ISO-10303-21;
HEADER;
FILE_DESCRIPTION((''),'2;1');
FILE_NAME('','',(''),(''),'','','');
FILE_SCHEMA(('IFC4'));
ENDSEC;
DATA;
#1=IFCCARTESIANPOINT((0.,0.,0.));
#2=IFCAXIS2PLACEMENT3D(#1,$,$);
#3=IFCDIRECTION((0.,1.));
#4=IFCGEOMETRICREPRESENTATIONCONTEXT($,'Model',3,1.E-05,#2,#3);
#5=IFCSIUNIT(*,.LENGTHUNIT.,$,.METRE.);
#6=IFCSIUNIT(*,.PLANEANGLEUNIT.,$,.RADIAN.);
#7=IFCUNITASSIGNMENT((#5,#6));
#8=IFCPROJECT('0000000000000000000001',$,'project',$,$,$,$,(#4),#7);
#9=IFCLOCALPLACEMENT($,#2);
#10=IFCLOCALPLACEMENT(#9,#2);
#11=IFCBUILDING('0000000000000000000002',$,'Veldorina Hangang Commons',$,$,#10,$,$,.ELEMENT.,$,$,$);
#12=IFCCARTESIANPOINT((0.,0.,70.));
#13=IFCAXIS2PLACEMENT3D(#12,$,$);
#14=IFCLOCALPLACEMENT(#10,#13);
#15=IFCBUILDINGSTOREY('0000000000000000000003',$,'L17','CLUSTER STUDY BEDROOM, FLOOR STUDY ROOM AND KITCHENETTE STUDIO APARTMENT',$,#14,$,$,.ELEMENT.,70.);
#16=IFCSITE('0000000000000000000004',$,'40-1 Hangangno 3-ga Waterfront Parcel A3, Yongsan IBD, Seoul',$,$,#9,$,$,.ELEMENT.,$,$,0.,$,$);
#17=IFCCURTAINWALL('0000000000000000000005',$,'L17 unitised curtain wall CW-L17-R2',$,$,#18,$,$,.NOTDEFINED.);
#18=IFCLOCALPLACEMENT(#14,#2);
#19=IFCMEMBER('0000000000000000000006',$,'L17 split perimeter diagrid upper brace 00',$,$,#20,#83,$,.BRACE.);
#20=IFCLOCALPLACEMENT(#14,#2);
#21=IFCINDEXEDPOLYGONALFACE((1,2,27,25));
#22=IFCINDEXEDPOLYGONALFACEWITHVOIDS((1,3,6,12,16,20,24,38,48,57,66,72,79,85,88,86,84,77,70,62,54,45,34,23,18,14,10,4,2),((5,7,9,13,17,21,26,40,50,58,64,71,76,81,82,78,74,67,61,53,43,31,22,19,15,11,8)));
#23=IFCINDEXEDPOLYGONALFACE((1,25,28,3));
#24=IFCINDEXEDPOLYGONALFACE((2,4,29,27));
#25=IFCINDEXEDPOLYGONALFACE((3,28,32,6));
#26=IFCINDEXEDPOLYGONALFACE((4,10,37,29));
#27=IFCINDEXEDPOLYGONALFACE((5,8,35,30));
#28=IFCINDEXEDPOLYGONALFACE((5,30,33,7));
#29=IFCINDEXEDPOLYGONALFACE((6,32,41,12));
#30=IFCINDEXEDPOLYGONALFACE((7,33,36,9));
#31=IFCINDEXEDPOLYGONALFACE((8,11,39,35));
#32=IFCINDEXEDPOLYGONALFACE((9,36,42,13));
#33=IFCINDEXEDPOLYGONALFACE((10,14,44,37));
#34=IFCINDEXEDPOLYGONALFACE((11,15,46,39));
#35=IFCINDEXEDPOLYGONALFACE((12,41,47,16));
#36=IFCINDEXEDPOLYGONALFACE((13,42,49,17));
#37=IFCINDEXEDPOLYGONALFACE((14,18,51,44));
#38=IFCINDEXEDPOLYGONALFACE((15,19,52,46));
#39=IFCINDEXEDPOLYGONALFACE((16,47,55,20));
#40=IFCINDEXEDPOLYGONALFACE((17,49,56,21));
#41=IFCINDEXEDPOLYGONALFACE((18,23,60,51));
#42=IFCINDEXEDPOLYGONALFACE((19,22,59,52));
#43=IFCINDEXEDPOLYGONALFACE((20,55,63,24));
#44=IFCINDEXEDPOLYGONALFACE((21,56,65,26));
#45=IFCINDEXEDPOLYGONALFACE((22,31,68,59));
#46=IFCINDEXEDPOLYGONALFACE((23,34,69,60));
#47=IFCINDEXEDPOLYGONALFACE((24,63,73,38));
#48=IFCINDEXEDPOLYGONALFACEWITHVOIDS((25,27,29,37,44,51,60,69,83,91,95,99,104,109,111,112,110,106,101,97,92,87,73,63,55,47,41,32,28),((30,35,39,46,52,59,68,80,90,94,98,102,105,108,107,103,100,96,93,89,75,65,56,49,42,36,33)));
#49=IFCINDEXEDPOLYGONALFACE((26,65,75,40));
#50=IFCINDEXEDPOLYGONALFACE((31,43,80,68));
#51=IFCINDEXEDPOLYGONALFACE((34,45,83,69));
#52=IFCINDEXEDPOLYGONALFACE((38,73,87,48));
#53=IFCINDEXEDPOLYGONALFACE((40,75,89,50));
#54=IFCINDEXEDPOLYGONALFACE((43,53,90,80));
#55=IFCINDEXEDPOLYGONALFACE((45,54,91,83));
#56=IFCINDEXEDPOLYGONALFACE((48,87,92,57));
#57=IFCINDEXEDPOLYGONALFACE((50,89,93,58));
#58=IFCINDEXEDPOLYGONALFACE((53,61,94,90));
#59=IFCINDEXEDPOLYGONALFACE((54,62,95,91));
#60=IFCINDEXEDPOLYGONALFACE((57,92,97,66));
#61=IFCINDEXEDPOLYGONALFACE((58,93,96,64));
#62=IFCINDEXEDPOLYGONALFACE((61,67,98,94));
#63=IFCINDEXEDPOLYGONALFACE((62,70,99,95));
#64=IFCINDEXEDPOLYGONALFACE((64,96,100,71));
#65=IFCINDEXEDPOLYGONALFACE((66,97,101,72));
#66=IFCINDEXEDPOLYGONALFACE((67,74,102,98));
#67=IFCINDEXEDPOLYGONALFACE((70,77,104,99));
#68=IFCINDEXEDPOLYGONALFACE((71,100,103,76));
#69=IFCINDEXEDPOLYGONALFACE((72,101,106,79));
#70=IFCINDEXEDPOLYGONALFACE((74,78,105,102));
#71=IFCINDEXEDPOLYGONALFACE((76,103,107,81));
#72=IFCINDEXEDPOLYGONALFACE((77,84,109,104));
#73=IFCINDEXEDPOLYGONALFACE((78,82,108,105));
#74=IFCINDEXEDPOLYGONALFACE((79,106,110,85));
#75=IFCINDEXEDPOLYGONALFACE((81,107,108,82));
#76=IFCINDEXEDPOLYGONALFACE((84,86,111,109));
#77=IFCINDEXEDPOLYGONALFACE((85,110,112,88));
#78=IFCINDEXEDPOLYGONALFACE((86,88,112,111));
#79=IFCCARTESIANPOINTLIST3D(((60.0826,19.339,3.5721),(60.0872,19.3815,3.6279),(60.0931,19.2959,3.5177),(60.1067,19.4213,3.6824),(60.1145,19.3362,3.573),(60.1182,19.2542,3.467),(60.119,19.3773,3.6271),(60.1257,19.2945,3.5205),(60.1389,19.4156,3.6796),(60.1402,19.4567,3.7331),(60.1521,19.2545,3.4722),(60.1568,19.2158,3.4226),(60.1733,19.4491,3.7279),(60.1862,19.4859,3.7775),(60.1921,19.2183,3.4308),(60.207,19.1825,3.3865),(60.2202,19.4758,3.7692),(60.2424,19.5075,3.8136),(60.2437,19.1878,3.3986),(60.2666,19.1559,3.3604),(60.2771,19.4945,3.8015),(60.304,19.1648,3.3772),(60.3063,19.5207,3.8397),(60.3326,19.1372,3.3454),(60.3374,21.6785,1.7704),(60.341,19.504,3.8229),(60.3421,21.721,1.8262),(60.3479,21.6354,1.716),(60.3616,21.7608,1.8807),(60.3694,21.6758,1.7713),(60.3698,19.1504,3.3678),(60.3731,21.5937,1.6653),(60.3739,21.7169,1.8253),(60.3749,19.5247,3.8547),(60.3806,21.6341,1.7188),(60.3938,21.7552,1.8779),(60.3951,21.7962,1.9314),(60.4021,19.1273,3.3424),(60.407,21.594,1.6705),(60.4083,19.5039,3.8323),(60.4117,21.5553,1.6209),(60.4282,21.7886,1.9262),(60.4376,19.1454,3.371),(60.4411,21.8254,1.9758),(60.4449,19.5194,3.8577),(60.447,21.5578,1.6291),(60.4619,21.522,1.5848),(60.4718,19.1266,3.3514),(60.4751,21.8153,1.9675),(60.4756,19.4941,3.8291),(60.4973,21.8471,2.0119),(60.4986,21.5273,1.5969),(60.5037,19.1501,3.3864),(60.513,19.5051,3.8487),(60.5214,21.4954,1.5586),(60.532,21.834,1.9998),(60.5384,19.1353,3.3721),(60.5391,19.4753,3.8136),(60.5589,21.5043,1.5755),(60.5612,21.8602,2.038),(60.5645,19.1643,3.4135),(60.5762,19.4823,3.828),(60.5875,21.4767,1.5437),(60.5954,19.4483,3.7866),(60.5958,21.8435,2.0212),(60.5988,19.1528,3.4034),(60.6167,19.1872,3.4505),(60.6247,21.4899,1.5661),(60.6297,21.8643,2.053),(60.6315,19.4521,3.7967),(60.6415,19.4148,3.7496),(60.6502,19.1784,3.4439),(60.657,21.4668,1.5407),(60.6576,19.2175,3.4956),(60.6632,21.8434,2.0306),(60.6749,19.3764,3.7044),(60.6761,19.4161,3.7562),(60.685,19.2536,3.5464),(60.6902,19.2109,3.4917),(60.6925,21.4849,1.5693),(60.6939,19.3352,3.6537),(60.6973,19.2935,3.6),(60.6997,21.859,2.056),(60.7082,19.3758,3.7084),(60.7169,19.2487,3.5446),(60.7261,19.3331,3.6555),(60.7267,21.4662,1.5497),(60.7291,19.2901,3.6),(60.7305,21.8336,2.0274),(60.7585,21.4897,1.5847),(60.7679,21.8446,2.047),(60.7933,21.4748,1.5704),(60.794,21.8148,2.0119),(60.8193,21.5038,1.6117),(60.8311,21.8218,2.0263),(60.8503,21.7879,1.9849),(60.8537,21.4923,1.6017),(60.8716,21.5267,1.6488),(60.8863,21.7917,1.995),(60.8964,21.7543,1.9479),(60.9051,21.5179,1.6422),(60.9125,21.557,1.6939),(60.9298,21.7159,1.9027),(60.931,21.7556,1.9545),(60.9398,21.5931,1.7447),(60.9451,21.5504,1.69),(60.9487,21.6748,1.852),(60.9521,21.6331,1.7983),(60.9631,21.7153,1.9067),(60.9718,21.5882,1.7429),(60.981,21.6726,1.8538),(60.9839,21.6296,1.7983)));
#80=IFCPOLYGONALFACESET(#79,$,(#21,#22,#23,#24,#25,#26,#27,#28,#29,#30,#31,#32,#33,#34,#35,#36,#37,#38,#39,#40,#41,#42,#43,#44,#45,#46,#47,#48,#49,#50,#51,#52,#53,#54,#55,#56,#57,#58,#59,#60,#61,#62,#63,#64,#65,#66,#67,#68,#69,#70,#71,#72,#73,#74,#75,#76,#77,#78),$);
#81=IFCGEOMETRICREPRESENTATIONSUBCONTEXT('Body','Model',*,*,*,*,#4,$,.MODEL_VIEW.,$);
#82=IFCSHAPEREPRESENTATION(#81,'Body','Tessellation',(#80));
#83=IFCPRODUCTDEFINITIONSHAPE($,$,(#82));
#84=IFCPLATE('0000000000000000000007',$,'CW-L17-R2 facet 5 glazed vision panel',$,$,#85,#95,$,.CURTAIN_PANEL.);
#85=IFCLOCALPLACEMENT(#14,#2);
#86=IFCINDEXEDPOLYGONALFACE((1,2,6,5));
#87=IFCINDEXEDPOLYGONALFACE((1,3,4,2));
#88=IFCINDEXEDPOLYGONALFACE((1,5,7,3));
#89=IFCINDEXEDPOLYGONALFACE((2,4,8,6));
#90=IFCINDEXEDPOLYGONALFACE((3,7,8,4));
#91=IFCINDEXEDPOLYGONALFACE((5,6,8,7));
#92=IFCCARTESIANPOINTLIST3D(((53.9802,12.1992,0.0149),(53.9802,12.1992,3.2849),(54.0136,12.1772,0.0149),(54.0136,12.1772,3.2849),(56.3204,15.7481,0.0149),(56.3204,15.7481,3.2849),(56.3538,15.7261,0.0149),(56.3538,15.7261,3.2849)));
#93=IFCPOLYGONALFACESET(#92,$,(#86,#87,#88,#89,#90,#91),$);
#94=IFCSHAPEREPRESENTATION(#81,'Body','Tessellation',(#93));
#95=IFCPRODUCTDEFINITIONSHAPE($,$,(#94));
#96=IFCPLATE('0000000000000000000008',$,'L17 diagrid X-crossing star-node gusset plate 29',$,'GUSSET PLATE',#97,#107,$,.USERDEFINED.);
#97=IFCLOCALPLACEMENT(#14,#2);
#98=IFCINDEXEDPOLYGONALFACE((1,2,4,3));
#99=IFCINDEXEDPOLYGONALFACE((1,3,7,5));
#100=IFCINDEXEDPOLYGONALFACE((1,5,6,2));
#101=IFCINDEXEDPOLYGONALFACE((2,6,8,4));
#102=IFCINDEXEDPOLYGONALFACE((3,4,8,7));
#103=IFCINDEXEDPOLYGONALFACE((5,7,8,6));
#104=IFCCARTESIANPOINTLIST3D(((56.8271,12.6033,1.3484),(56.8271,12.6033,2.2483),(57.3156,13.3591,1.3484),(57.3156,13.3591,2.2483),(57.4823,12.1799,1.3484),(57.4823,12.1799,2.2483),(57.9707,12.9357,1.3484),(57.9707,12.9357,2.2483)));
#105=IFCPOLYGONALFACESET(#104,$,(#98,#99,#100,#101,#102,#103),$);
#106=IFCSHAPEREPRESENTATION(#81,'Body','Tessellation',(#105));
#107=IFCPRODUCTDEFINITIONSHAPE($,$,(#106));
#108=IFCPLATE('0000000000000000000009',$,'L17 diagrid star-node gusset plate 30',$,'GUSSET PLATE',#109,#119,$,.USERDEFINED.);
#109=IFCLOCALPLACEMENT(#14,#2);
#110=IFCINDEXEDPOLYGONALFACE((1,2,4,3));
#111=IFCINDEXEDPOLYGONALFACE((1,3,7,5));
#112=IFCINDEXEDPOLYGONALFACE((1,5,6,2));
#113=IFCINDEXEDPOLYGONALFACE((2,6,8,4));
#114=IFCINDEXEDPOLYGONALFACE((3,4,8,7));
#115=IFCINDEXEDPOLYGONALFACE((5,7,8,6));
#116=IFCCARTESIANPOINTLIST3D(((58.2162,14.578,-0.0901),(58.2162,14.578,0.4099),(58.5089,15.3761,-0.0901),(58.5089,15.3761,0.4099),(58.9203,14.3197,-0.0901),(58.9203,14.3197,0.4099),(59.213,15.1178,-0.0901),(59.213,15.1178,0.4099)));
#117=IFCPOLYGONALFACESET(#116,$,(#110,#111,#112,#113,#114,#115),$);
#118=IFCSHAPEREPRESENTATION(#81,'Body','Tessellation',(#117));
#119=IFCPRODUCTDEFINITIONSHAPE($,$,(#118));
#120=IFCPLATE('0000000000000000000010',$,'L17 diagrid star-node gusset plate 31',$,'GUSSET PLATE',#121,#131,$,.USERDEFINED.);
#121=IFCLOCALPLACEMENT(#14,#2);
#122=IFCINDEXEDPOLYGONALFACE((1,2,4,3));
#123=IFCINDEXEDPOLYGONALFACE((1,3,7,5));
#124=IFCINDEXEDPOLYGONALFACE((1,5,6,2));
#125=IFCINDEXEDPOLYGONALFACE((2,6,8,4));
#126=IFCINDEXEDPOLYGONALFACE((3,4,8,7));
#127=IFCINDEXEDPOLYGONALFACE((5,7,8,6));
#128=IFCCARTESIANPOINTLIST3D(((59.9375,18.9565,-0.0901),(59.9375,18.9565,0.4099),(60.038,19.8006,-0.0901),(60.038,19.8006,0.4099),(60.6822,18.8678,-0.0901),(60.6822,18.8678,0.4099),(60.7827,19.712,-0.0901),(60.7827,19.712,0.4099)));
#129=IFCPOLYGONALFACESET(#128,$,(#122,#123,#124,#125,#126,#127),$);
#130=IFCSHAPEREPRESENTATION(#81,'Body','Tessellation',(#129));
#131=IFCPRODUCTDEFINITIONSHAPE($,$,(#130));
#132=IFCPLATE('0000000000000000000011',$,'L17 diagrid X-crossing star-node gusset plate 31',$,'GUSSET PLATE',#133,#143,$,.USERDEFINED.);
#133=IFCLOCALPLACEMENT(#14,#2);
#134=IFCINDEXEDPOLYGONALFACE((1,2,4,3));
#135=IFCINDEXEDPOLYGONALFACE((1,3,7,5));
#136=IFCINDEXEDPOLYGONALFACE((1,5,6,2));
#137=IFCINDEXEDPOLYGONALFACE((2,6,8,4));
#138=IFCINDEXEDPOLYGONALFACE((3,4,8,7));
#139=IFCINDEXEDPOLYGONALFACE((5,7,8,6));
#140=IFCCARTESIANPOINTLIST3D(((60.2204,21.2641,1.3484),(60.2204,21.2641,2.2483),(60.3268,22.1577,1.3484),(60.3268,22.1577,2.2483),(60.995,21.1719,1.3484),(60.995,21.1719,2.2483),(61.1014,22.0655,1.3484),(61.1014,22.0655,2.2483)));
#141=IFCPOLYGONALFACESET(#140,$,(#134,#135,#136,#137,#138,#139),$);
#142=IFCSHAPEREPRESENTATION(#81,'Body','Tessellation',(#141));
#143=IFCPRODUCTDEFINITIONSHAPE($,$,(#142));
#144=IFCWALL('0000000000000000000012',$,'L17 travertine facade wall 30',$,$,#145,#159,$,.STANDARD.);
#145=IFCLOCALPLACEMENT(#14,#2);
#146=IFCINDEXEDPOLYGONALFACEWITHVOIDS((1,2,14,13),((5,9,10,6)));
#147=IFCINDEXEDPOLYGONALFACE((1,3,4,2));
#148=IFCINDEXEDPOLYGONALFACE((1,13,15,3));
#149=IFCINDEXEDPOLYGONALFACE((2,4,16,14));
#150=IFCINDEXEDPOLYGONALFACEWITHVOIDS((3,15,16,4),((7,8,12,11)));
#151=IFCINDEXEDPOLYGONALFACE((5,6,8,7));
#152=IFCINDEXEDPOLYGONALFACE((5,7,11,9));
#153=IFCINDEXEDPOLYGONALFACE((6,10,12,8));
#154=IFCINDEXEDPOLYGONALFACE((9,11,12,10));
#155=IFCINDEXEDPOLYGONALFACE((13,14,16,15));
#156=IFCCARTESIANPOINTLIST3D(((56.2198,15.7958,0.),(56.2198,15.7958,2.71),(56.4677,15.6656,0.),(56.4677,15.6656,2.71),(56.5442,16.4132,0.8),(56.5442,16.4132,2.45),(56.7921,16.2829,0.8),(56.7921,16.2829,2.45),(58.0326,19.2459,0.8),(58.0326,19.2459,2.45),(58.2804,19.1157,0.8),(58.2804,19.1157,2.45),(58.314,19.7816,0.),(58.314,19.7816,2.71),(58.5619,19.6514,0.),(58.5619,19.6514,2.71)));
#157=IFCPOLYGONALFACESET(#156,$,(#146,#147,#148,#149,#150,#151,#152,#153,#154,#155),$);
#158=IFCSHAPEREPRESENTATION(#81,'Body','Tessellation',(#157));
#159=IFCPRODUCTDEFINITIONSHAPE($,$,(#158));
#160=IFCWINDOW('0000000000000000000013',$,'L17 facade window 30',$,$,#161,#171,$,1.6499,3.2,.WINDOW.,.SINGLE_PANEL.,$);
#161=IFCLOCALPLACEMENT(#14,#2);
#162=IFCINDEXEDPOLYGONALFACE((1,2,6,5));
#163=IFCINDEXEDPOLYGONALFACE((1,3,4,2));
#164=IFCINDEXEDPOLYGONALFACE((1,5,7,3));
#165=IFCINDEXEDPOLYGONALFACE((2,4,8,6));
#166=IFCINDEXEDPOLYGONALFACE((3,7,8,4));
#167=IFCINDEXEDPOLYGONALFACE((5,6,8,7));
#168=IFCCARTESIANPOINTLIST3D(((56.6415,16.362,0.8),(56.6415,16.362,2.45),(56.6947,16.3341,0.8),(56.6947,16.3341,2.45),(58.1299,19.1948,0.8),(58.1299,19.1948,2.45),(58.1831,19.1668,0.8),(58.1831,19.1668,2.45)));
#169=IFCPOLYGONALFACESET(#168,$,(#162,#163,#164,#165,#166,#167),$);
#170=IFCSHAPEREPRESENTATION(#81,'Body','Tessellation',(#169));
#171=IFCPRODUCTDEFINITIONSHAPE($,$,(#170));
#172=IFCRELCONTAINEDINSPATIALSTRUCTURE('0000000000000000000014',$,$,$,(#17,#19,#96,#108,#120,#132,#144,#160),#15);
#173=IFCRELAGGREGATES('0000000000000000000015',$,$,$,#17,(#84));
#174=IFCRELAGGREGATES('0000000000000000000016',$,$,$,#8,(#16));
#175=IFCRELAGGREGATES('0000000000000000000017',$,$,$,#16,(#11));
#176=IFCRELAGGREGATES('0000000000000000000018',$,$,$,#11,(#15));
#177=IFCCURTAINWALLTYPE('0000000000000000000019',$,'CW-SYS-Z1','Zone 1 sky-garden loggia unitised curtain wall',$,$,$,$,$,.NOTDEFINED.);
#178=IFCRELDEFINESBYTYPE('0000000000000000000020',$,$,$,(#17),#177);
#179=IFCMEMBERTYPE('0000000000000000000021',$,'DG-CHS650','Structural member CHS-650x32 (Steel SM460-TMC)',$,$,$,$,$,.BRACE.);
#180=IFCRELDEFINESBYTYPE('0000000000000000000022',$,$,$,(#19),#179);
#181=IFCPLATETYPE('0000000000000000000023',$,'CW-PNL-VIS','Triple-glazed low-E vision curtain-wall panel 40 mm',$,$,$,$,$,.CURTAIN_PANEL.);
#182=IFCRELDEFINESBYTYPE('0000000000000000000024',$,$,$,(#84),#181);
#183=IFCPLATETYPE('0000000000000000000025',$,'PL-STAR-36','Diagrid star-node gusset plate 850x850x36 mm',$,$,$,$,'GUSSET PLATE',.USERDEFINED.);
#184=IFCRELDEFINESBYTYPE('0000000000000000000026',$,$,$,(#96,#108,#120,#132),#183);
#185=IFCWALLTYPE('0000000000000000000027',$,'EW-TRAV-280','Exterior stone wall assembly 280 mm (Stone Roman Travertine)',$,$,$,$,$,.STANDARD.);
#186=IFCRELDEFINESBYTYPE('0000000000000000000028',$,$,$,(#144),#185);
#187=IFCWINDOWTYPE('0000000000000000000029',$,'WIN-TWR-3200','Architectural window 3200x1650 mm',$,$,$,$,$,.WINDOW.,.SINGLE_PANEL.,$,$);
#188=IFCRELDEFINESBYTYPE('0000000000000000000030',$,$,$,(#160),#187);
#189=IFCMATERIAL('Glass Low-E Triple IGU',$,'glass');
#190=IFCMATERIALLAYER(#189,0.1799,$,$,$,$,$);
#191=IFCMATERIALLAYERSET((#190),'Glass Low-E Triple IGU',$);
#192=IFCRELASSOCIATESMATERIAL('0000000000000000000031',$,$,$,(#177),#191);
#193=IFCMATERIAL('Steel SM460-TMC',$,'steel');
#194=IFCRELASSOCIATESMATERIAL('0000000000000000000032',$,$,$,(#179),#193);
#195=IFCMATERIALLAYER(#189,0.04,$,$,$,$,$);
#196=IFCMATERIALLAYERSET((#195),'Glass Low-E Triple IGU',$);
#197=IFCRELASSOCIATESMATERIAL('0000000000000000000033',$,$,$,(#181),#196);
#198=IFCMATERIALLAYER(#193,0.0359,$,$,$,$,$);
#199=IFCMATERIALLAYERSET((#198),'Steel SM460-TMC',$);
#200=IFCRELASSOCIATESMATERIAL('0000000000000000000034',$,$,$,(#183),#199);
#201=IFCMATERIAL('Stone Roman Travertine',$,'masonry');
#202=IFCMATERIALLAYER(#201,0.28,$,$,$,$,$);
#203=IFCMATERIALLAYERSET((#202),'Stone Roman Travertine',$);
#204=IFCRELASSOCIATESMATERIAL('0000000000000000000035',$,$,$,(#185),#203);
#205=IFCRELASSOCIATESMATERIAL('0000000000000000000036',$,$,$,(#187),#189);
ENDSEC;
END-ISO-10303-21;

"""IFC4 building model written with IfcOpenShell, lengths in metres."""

from ifc_helpers import new_model, si_unit, direction, frame, frame_2d, origin, origin_2d, place, context, subcontext, project, spatial, rectangle, hollow_circle, extrude, material, layer, layer_set, material_profile, profile_set, type_object, element, fill, aggregate, save


model = new_model("IFC4")

# Units and contexts
model_context = context("Model", 3, precision=1e-05, world=origin(), true_north=direction((0.0, 1.0)))
body_context = subcontext(model_context, "Body", "Model", "MODEL_VIEW")
ifc_project = project(units=[si_unit("LENGTHUNIT", "METRE"), si_unit("PLANEANGLEUNIT", "RADIAN")], contexts=[model_context])

# Site, building, storey
site_placement = place(None, origin())
site = spatial("IfcSite", under=ifc_project, at=site_placement, Name="40-1 Hangangno 3-ga Waterfront Parcel A3, Yongsan IBD, Seoul", CompositionType="ELEMENT", RefElevation=0.0)
building_placement = place(site_placement, origin())
building = spatial("IfcBuilding", under=site, at=building_placement, Name="Veldorina Hangang Commons", CompositionType="ELEMENT")
storey_placement = place(building_placement, frame((0.0, 0.0, 70.0)))
storey = spatial("IfcBuildingStorey", under=building, at=storey_placement, Name="L17", Description="CLUSTER STUDY BEDROOM, FLOOR STUDY ROOM AND KITCHENETTE STUDIO APARTMENT", CompositionType="ELEMENT", Elevation=70.0)

# Curtain wall
ifc_material_1 = material(Name="Glass Low-E Triple IGU", Category="glass")
ifc_layer_1 = layer(ifc_material_1, 0.1799)
ifc_layer_set_1 = layer_set([ifc_layer_1], Name="Glass Low-E Triple IGU")
curtain_wall_type = type_object("IfcCurtainWallType", Name="CW-SYS-Z1", Description="Zone 1 sky-garden loggia unitised curtain wall", PredefinedType="NOTDEFINED", material=ifc_layer_set_1)
curtain_wall_placement = place(storey_placement, origin())
curtain_wall = element("IfcCurtainWall", 1, at=curtain_wall_placement, inside=storey, type_object=curtain_wall_type, Name="L17 unitised curtain wall CW-L17-R2", PredefinedType="NOTDEFINED")

# Member
ifc_material_2 = material(Name="Steel SM460-TMC", Category="steel")
ifc_material_profile_1 = material_profile(ifc_material_2, hollow_circle(Radius=0.325, WallThickness=0.032, at=origin_2d()), Name="CHS-650x32")
ifc_profile_set_1 = profile_set([ifc_material_profile_1], Name="Steel SM460-TMC")
member_type_1 = type_object("IfcMemberType", Name="DG-CHS650", Description="Structural member CHS-650x32 (Steel SM460-TMC)", PredefinedType="BRACE", material=ifc_profile_set_1)
member_1_placement = place(storey_placement, frame((60.6609, 21.6648, 1.7983), z_axis=(-0.085994, -0.789351, 0.60789), x_axis=(0.994118, -0.108302, 0.0)))
element("IfcMember", 2, at=member_1_placement, inside=storey, type_object=member_type_1, Name="L17 split perimeter diagrid upper brace 00", PredefinedType="BRACE", context=body_context, shape_type="SweptSolid", body=[
    extrude(hollow_circle(Radius=0.325, WallThickness=0.032, at=origin_2d()), origin(), (0.0, 0.0, 1.0), 2.9639),
])

# Plate
ifc_layer_2 = layer(ifc_material_1, 0.04)
ifc_layer_set_2 = layer_set([ifc_layer_2], Name="Glass Low-E Triple IGU")
plate_type_1 = type_object("IfcPlateType", Name="CW-PNL-VIS", Description="Triple-glazed low-E vision curtain-wall panel 40 mm", PredefinedType="CURTAIN_PANEL", material=ifc_layer_set_2)
plate_1_placement = place(storey_placement, frame((55.167, 13.9626, 0.0149), z_axis=(0.0, 0.0, 1.0), x_axis=(0.550495, 0.834838, 0.0)))
plate_1 = element("IfcPlate", 3, at=plate_1_placement, type_object=plate_type_1, Name="CW-L17-R2 facet 5 glazed vision panel", PredefinedType="CURTAIN_PANEL", context=body_context, shape_type="SweptSolid", body=[
    extrude(rectangle(XDim=4.251, YDim=0.04, at=origin_2d()), origin(), (0.0, 0.0, 1.0), 3.27),
])
aggregate(curtain_wall, [plate_1])

# Plates
ifc_layer_3 = layer(ifc_material_2, 0.0359)
ifc_layer_set_3 = layer_set([ifc_layer_3], Name="Steel SM460-TMC")
plate_type_2 = type_object("IfcPlateType", Name="PL-STAR-36", Description="Diagrid star-node gusset plate 850x850x36 mm", ElementType="GUSSET PLATE", PredefinedType="USERDEFINED", material=ifc_layer_set_3)
plate_2_placement = place(storey_placement, frame((57.3989, 12.7695, 1.3484), z_axis=(0.0, 0.0, 1.0), x_axis=(0.542779, 0.839876, 0.0)))
element("IfcPlate", 4, at=plate_2_placement, inside=storey, type_object=plate_type_2, Name="L17 diagrid X-crossing star-node gusset plate 29", ObjectType="GUSSET PLATE", PredefinedType="USERDEFINED", context=body_context, shape_type="SweptSolid", body=[
    extrude(rectangle(XDim=0.8999, YDim=0.78, at=origin_2d()), origin(), (0.0, 0.0, 1.0), 0.8999),
])
for number, where, z_axis, x_axis, name in (
    (5, (58.7146, 14.8479, -0.0901), (0.0, 0.0, 1.0), (0.344332, 0.938848, 0.0), "L17 diagrid star-node gusset plate 30"),
    (6, (60.3601, 19.3342, -0.0901), (0.0, 0.0, 1.0), (0.118248, 0.992984, 0.0), "L17 diagrid star-node gusset plate 31"),
):
    element("IfcPlate", number, at=place(storey_placement, frame(where, z_axis=z_axis, x_axis=x_axis)), inside=storey, type_object=plate_type_2, Name=name, ObjectType="GUSSET PLATE", PredefinedType="USERDEFINED", context=body_context, shape_type="SweptSolid", body=[
        extrude(rectangle(XDim=0.8501, YDim=0.75, at=origin_2d()), origin(), (0.0, 0.0, 1.0), 0.5),
    ])
plate_3_placement = place(storey_placement, frame((60.6609, 21.6648, 1.3484), z_axis=(0.0, 0.0, 1.0), x_axis=(0.118248, 0.992984, 0.0)))
element("IfcPlate", 7, at=plate_3_placement, inside=storey, type_object=plate_type_2, Name="L17 diagrid X-crossing star-node gusset plate 31", ObjectType="GUSSET PLATE", PredefinedType="USERDEFINED", context=body_context, shape_type="SweptSolid", body=[
    extrude(rectangle(XDim=0.8999, YDim=0.78, at=origin_2d()), origin(), (0.0, 0.0, 1.0), 0.8999),
])

# Wall, opening, window
ifc_material_3 = material(Name="Stone Roman Travertine", Category="masonry")
ifc_layer_4 = layer(ifc_material_3, 0.28)
ifc_layer_set_4 = layer_set([ifc_layer_4], Name="Stone Roman Travertine")
wall_type_1 = type_object("IfcWallType", Name="EW-TRAV-280", Description="Exterior stone wall assembly 280 mm (Stone Roman Travertine)", PredefinedType="STANDARD", material=ifc_layer_set_4)
wall_1_placement = place(storey_placement, frame((56.3438, 15.7307, 0.0), z_axis=(0.0, 0.0, 1.0), x_axis=(0.465125, 0.885245, 0.0)))
wall_1 = element("IfcWall", 8, at=wall_1_placement, inside=storey, type_object=wall_type_1, Name="L17 travertine facade wall 30", PredefinedType="STANDARD", context=body_context, shape_type="SweptSolid", body=[
    extrude(rectangle(XDim=4.5024, YDim=0.28, at=frame_2d((2.2512, 0.0))), origin(), (0.0, 0.0, 1.0), 2.71),
])
opening_1_placement = place(wall_1_placement, frame((0.6973, 0.0, 0.8)))
opening_1 = element("IfcOpeningElement", 9, at=opening_1_placement, cuts=wall_1, PredefinedType="OPENING", context=body_context, shape_type="SweptSolid", body=[
    extrude(rectangle(XDim=3.2, YDim=1.6499, at=frame_2d((1.6001, 0.825))), frame((0.0, 0.1499, 0.0), z_axis=(0.0, -1.0, 0.0), x_axis=(1.0, 0.0, 0.0)), (0.0, 0.0, 1.0), 0.3),
])
window_type_1 = type_object("IfcWindowType", Name="WIN-TWR-3200", Description="Architectural window 3200x1650 mm", PartitioningType="SINGLE_PANEL", PredefinedType="WINDOW", material=ifc_material_1)
window_1_placement = place(opening_1_placement, origin())
window_1 = element("IfcWindow", 10, at=window_1_placement, inside=storey, type_object=window_type_1, Name="L17 facade window 30", OverallHeight=1.6499, OverallWidth=3.2, PartitioningType="SINGLE_PANEL", PredefinedType="WINDOW", context=body_context, shape_type="SweptSolid", body=[
    extrude(rectangle(XDim=3.2, YDim=1.6499, at=frame_2d((1.6001, 0.825))), frame((0.0, 0.03, 0.0), z_axis=(0.0, -1.0, 0.0), x_axis=(1.0, 0.0, 0.0)), (0.0, 0.0, 1.0), 0.0601),
])
fill(opening_1, window_1)

save(model, "model.ifc")
